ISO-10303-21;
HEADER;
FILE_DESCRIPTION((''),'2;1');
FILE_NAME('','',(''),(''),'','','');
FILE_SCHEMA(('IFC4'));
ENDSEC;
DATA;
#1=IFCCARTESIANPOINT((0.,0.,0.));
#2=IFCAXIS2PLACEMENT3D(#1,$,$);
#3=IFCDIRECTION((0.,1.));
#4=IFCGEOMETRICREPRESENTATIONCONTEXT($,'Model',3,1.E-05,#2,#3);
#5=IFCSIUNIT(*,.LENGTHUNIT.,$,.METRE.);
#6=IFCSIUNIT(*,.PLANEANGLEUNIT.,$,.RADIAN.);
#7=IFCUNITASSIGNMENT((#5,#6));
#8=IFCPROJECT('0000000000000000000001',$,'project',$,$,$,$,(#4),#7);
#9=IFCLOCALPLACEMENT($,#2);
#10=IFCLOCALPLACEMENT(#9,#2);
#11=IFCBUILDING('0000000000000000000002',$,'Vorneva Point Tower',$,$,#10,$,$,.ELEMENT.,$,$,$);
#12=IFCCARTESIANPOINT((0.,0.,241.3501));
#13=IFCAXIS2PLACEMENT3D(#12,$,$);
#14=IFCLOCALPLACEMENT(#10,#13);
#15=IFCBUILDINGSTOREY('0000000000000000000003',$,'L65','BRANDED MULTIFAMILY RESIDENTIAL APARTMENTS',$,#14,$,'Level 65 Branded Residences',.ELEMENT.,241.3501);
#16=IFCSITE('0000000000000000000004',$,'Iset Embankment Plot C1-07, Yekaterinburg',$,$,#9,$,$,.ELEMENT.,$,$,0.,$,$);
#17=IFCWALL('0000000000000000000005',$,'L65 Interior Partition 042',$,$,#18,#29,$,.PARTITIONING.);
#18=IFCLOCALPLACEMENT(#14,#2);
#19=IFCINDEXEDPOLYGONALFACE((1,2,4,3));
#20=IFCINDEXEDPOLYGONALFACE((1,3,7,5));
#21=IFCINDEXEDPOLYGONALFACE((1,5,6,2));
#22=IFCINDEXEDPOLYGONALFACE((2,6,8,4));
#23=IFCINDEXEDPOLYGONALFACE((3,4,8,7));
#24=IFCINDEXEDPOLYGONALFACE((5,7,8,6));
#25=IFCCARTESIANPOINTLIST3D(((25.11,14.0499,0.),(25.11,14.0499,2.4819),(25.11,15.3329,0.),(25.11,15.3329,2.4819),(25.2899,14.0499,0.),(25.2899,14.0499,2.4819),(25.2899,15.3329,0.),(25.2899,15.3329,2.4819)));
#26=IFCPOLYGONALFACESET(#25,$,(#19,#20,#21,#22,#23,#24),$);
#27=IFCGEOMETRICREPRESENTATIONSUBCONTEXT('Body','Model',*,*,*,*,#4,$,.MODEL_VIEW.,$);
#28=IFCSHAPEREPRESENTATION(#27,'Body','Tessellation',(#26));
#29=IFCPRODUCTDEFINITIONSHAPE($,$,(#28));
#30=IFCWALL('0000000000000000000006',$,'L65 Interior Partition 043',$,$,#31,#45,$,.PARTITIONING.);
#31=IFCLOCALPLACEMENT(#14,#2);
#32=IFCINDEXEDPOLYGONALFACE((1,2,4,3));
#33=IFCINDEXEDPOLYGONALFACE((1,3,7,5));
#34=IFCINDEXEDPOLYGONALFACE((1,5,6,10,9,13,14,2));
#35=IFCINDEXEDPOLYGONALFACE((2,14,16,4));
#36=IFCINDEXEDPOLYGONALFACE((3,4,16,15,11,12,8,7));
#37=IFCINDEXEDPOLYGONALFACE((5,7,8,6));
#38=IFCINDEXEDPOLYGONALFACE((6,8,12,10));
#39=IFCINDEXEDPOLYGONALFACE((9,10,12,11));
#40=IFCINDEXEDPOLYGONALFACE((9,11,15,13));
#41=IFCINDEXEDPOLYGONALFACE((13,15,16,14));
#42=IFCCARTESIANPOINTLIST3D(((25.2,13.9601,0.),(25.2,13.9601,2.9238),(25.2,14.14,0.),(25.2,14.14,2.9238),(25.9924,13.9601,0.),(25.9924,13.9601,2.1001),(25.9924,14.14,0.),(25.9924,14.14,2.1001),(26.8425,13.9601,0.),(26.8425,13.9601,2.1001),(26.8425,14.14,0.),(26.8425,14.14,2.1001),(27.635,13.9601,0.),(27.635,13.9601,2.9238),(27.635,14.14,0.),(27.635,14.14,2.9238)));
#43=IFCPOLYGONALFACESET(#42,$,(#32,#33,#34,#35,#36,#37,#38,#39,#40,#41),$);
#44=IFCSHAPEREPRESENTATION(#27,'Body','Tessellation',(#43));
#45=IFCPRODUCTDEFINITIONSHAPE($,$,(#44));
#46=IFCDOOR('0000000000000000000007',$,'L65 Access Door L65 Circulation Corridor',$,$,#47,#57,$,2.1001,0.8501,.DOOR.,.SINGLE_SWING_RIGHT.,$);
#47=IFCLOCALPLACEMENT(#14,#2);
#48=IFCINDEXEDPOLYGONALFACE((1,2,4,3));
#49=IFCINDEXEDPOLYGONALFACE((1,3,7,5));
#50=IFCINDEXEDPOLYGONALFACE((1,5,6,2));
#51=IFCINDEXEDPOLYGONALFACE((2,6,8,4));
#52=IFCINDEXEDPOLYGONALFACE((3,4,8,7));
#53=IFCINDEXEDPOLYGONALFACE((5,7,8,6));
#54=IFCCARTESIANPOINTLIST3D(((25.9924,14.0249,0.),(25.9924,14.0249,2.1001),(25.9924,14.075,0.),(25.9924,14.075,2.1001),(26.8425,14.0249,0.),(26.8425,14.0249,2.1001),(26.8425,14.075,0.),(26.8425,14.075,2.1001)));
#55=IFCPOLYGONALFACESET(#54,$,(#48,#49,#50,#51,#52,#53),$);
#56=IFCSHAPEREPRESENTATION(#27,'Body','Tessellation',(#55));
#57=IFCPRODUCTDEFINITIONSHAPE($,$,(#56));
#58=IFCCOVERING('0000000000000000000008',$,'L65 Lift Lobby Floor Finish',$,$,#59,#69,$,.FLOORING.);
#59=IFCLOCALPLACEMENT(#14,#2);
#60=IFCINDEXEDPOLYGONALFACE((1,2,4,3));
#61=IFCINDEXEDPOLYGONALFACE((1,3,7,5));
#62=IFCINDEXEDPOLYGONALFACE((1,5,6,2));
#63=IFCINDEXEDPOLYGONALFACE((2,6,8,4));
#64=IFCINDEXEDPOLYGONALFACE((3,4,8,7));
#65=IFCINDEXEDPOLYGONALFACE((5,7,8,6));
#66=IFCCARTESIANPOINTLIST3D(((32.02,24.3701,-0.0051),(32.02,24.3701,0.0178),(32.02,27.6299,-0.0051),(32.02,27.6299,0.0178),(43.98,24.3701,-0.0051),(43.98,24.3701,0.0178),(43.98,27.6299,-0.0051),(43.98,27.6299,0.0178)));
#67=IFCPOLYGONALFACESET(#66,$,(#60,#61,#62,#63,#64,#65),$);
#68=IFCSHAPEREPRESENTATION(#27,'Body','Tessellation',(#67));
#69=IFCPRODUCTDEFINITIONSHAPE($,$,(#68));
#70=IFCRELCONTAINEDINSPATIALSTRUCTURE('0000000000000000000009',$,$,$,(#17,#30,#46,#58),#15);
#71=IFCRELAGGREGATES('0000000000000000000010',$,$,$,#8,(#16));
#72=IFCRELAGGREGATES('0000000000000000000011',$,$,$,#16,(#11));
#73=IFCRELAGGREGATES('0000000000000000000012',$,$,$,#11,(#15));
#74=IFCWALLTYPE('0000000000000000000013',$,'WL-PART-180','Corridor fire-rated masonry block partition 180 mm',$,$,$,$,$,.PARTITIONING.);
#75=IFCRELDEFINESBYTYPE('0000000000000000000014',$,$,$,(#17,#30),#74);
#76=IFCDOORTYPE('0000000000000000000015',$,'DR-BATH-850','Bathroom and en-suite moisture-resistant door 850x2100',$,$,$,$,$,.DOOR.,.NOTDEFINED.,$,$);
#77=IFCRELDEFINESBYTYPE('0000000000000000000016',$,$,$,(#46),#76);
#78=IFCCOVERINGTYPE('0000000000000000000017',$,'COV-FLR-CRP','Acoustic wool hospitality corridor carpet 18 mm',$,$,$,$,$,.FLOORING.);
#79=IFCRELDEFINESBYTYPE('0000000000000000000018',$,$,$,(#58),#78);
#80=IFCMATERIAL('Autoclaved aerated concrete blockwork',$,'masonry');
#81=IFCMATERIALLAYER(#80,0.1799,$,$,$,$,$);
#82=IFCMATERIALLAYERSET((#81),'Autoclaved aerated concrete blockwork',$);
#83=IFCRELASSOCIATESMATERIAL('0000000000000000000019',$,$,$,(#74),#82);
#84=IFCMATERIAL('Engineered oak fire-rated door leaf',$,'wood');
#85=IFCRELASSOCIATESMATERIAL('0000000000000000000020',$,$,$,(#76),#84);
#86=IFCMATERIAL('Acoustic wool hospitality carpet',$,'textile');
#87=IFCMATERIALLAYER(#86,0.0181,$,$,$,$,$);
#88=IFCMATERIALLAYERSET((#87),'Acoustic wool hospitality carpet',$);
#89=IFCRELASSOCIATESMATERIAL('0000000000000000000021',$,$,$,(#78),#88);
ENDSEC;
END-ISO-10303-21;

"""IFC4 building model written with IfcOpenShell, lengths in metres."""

from ifc_helpers import new_model, si_unit, direction, frame, frame_2d, origin, place, context, subcontext, project, spatial, polyline, rectangle, outline, extrude, material, layer, layer_set, type_object, element, fill, save


model = new_model("IFC4")

# Units and contexts
model_context = context("Model", 3, precision=1e-05, world=origin(), true_north=direction((0.0, 1.0)))
body_context = subcontext(model_context, "Body", "Model", "MODEL_VIEW")
ifc_project = project(units=[si_unit("LENGTHUNIT", "METRE"), si_unit("PLANEANGLEUNIT", "RADIAN")], contexts=[model_context])

# Site, building, storey
site_placement = place(None, origin())
site = spatial("IfcSite", under=ifc_project, at=site_placement, Name="Iset Embankment Plot C1-07, Yekaterinburg", CompositionType="ELEMENT", RefElevation=0.0)
building_placement = place(site_placement, origin())
building = spatial("IfcBuilding", under=site, at=building_placement, Name="Vorneva Point Tower", CompositionType="ELEMENT")
storey_placement = place(building_placement, frame((0.0, 0.0, 241.3501)))
storey = spatial("IfcBuildingStorey", under=building, at=storey_placement, Name="L65", Description="BRANDED MULTIFAMILY RESIDENTIAL APARTMENTS", LongName="Level 65 Branded Residences", CompositionType="ELEMENT", Elevation=241.3501)

# Wall
ifc_material_1 = material(Name="Autoclaved aerated concrete blockwork", Category="masonry")
ifc_layer_1 = layer(ifc_material_1, 0.1799)
ifc_layer_set_1 = layer_set([ifc_layer_1], Name="Autoclaved aerated concrete blockwork")
wall_type_1 = type_object("IfcWallType", Name="WL-PART-180", Description="Corridor fire-rated masonry block partition 180 mm", PredefinedType="PARTITIONING", material=ifc_layer_set_1)
wall_1_placement = place(storey_placement, frame((25.2, 15.333, 0.0), z_axis=(0.0, 0.0, 1.0), x_axis=(0.0, -1.0, 0.0)))
element("IfcWall", 1, at=wall_1_placement, inside=storey, type_object=wall_type_1, Name="L65 Interior Partition 042", PredefinedType="PARTITIONING", context=body_context, shape_type="SweptSolid", body=[
    extrude(rectangle(XDim=1.283, YDim=0.1799, at=frame_2d((0.6416, 0.0))), origin(), (0.0, 0.0, 1.0), 2.4819),
])

# Wall, opening, door
wall_2_placement = place(storey_placement, frame((25.2, 14.05, 0.0), z_axis=(0.0, 0.0, 1.0), x_axis=(1.0, 0.0, 0.0)))
wall_2 = element("IfcWall", 2, at=wall_2_placement, inside=storey, type_object=wall_type_1, Name="L65 Interior Partition 043", PredefinedType="PARTITIONING", context=body_context, shape_type="SweptSolid", body=[
    extrude(rectangle(XDim=2.4351, YDim=0.1799, at=frame_2d((1.2175, 0.0))), origin(), (0.0, 0.0, 1.0), 2.9238),
])
opening_1_placement = place(wall_2_placement, frame((0.7925, 0.0, 0.0)))
opening_1 = element("IfcOpeningElement", 3, at=opening_1_placement, cuts=wall_2, PredefinedType="OPENING", context=body_context, shape_type="SweptSolid", body=[
    extrude(rectangle(XDim=0.8501, YDim=2.1001, at=frame_2d((0.425, 1.05))), frame((0.0, 0.105, 0.0), z_axis=(0.0, -1.0, 0.0), x_axis=(1.0, 0.0, 0.0)), (0.0, 0.0, 1.0), 0.2097),
])
ifc_material_2 = material(Name="Engineered oak fire-rated door leaf", Category="wood")
door_type = type_object("IfcDoorType", Name="DR-BATH-850", Description="Bathroom and en-suite moisture-resistant door 850x2100", OperationType="NOTDEFINED", PredefinedType="DOOR", material=ifc_material_2)
door_placement = place(opening_1_placement, origin())
door = element("IfcDoor", 4, at=door_placement, inside=storey, type_object=door_type, Name="L65 Access Door L65 Circulation Corridor", OperationType="SINGLE_SWING_RIGHT", OverallHeight=2.1001, OverallWidth=0.8501, PredefinedType="DOOR", context=body_context, shape_type="SweptSolid", body=[
    extrude(rectangle(XDim=0.8501, YDim=2.1001, at=frame_2d((0.425, 1.05))), frame((0.0, 0.0249, 0.0), z_axis=(0.0, -1.0, 0.0), x_axis=(1.0, 0.0, 0.0)), (0.0, 0.0, 1.0), 0.05),
])
fill(opening_1, door)

# Covering
ifc_material_3 = material(Name="Acoustic wool hospitality carpet", Category="textile")
ifc_layer_2 = layer(ifc_material_3, 0.0181)
ifc_layer_set_2 = layer_set([ifc_layer_2], Name="Acoustic wool hospitality carpet")
covering_type = type_object("IfcCoveringType", Name="COV-FLR-CRP", Description="Acoustic wool hospitality corridor carpet 18 mm", PredefinedType="FLOORING", material=ifc_layer_set_2)
covering_placement = place(storey_placement, frame((0.0, 0.0, -0.0051)))
element("IfcCovering", 5, at=covering_placement, inside=storey, type_object=covering_type, Name="L65 Lift Lobby Floor Finish", PredefinedType="FLOORING", context=body_context, shape_type="SweptSolid", body=[
    extrude(outline(polyline([(32.02, 24.3701), (43.98, 24.3701), (43.98, 27.6299), (32.02, 27.6299), (32.02, 24.3701)])), origin(), (0.0, 0.0, 1.0), 0.0229),
])

save(model, "model.ifc")
